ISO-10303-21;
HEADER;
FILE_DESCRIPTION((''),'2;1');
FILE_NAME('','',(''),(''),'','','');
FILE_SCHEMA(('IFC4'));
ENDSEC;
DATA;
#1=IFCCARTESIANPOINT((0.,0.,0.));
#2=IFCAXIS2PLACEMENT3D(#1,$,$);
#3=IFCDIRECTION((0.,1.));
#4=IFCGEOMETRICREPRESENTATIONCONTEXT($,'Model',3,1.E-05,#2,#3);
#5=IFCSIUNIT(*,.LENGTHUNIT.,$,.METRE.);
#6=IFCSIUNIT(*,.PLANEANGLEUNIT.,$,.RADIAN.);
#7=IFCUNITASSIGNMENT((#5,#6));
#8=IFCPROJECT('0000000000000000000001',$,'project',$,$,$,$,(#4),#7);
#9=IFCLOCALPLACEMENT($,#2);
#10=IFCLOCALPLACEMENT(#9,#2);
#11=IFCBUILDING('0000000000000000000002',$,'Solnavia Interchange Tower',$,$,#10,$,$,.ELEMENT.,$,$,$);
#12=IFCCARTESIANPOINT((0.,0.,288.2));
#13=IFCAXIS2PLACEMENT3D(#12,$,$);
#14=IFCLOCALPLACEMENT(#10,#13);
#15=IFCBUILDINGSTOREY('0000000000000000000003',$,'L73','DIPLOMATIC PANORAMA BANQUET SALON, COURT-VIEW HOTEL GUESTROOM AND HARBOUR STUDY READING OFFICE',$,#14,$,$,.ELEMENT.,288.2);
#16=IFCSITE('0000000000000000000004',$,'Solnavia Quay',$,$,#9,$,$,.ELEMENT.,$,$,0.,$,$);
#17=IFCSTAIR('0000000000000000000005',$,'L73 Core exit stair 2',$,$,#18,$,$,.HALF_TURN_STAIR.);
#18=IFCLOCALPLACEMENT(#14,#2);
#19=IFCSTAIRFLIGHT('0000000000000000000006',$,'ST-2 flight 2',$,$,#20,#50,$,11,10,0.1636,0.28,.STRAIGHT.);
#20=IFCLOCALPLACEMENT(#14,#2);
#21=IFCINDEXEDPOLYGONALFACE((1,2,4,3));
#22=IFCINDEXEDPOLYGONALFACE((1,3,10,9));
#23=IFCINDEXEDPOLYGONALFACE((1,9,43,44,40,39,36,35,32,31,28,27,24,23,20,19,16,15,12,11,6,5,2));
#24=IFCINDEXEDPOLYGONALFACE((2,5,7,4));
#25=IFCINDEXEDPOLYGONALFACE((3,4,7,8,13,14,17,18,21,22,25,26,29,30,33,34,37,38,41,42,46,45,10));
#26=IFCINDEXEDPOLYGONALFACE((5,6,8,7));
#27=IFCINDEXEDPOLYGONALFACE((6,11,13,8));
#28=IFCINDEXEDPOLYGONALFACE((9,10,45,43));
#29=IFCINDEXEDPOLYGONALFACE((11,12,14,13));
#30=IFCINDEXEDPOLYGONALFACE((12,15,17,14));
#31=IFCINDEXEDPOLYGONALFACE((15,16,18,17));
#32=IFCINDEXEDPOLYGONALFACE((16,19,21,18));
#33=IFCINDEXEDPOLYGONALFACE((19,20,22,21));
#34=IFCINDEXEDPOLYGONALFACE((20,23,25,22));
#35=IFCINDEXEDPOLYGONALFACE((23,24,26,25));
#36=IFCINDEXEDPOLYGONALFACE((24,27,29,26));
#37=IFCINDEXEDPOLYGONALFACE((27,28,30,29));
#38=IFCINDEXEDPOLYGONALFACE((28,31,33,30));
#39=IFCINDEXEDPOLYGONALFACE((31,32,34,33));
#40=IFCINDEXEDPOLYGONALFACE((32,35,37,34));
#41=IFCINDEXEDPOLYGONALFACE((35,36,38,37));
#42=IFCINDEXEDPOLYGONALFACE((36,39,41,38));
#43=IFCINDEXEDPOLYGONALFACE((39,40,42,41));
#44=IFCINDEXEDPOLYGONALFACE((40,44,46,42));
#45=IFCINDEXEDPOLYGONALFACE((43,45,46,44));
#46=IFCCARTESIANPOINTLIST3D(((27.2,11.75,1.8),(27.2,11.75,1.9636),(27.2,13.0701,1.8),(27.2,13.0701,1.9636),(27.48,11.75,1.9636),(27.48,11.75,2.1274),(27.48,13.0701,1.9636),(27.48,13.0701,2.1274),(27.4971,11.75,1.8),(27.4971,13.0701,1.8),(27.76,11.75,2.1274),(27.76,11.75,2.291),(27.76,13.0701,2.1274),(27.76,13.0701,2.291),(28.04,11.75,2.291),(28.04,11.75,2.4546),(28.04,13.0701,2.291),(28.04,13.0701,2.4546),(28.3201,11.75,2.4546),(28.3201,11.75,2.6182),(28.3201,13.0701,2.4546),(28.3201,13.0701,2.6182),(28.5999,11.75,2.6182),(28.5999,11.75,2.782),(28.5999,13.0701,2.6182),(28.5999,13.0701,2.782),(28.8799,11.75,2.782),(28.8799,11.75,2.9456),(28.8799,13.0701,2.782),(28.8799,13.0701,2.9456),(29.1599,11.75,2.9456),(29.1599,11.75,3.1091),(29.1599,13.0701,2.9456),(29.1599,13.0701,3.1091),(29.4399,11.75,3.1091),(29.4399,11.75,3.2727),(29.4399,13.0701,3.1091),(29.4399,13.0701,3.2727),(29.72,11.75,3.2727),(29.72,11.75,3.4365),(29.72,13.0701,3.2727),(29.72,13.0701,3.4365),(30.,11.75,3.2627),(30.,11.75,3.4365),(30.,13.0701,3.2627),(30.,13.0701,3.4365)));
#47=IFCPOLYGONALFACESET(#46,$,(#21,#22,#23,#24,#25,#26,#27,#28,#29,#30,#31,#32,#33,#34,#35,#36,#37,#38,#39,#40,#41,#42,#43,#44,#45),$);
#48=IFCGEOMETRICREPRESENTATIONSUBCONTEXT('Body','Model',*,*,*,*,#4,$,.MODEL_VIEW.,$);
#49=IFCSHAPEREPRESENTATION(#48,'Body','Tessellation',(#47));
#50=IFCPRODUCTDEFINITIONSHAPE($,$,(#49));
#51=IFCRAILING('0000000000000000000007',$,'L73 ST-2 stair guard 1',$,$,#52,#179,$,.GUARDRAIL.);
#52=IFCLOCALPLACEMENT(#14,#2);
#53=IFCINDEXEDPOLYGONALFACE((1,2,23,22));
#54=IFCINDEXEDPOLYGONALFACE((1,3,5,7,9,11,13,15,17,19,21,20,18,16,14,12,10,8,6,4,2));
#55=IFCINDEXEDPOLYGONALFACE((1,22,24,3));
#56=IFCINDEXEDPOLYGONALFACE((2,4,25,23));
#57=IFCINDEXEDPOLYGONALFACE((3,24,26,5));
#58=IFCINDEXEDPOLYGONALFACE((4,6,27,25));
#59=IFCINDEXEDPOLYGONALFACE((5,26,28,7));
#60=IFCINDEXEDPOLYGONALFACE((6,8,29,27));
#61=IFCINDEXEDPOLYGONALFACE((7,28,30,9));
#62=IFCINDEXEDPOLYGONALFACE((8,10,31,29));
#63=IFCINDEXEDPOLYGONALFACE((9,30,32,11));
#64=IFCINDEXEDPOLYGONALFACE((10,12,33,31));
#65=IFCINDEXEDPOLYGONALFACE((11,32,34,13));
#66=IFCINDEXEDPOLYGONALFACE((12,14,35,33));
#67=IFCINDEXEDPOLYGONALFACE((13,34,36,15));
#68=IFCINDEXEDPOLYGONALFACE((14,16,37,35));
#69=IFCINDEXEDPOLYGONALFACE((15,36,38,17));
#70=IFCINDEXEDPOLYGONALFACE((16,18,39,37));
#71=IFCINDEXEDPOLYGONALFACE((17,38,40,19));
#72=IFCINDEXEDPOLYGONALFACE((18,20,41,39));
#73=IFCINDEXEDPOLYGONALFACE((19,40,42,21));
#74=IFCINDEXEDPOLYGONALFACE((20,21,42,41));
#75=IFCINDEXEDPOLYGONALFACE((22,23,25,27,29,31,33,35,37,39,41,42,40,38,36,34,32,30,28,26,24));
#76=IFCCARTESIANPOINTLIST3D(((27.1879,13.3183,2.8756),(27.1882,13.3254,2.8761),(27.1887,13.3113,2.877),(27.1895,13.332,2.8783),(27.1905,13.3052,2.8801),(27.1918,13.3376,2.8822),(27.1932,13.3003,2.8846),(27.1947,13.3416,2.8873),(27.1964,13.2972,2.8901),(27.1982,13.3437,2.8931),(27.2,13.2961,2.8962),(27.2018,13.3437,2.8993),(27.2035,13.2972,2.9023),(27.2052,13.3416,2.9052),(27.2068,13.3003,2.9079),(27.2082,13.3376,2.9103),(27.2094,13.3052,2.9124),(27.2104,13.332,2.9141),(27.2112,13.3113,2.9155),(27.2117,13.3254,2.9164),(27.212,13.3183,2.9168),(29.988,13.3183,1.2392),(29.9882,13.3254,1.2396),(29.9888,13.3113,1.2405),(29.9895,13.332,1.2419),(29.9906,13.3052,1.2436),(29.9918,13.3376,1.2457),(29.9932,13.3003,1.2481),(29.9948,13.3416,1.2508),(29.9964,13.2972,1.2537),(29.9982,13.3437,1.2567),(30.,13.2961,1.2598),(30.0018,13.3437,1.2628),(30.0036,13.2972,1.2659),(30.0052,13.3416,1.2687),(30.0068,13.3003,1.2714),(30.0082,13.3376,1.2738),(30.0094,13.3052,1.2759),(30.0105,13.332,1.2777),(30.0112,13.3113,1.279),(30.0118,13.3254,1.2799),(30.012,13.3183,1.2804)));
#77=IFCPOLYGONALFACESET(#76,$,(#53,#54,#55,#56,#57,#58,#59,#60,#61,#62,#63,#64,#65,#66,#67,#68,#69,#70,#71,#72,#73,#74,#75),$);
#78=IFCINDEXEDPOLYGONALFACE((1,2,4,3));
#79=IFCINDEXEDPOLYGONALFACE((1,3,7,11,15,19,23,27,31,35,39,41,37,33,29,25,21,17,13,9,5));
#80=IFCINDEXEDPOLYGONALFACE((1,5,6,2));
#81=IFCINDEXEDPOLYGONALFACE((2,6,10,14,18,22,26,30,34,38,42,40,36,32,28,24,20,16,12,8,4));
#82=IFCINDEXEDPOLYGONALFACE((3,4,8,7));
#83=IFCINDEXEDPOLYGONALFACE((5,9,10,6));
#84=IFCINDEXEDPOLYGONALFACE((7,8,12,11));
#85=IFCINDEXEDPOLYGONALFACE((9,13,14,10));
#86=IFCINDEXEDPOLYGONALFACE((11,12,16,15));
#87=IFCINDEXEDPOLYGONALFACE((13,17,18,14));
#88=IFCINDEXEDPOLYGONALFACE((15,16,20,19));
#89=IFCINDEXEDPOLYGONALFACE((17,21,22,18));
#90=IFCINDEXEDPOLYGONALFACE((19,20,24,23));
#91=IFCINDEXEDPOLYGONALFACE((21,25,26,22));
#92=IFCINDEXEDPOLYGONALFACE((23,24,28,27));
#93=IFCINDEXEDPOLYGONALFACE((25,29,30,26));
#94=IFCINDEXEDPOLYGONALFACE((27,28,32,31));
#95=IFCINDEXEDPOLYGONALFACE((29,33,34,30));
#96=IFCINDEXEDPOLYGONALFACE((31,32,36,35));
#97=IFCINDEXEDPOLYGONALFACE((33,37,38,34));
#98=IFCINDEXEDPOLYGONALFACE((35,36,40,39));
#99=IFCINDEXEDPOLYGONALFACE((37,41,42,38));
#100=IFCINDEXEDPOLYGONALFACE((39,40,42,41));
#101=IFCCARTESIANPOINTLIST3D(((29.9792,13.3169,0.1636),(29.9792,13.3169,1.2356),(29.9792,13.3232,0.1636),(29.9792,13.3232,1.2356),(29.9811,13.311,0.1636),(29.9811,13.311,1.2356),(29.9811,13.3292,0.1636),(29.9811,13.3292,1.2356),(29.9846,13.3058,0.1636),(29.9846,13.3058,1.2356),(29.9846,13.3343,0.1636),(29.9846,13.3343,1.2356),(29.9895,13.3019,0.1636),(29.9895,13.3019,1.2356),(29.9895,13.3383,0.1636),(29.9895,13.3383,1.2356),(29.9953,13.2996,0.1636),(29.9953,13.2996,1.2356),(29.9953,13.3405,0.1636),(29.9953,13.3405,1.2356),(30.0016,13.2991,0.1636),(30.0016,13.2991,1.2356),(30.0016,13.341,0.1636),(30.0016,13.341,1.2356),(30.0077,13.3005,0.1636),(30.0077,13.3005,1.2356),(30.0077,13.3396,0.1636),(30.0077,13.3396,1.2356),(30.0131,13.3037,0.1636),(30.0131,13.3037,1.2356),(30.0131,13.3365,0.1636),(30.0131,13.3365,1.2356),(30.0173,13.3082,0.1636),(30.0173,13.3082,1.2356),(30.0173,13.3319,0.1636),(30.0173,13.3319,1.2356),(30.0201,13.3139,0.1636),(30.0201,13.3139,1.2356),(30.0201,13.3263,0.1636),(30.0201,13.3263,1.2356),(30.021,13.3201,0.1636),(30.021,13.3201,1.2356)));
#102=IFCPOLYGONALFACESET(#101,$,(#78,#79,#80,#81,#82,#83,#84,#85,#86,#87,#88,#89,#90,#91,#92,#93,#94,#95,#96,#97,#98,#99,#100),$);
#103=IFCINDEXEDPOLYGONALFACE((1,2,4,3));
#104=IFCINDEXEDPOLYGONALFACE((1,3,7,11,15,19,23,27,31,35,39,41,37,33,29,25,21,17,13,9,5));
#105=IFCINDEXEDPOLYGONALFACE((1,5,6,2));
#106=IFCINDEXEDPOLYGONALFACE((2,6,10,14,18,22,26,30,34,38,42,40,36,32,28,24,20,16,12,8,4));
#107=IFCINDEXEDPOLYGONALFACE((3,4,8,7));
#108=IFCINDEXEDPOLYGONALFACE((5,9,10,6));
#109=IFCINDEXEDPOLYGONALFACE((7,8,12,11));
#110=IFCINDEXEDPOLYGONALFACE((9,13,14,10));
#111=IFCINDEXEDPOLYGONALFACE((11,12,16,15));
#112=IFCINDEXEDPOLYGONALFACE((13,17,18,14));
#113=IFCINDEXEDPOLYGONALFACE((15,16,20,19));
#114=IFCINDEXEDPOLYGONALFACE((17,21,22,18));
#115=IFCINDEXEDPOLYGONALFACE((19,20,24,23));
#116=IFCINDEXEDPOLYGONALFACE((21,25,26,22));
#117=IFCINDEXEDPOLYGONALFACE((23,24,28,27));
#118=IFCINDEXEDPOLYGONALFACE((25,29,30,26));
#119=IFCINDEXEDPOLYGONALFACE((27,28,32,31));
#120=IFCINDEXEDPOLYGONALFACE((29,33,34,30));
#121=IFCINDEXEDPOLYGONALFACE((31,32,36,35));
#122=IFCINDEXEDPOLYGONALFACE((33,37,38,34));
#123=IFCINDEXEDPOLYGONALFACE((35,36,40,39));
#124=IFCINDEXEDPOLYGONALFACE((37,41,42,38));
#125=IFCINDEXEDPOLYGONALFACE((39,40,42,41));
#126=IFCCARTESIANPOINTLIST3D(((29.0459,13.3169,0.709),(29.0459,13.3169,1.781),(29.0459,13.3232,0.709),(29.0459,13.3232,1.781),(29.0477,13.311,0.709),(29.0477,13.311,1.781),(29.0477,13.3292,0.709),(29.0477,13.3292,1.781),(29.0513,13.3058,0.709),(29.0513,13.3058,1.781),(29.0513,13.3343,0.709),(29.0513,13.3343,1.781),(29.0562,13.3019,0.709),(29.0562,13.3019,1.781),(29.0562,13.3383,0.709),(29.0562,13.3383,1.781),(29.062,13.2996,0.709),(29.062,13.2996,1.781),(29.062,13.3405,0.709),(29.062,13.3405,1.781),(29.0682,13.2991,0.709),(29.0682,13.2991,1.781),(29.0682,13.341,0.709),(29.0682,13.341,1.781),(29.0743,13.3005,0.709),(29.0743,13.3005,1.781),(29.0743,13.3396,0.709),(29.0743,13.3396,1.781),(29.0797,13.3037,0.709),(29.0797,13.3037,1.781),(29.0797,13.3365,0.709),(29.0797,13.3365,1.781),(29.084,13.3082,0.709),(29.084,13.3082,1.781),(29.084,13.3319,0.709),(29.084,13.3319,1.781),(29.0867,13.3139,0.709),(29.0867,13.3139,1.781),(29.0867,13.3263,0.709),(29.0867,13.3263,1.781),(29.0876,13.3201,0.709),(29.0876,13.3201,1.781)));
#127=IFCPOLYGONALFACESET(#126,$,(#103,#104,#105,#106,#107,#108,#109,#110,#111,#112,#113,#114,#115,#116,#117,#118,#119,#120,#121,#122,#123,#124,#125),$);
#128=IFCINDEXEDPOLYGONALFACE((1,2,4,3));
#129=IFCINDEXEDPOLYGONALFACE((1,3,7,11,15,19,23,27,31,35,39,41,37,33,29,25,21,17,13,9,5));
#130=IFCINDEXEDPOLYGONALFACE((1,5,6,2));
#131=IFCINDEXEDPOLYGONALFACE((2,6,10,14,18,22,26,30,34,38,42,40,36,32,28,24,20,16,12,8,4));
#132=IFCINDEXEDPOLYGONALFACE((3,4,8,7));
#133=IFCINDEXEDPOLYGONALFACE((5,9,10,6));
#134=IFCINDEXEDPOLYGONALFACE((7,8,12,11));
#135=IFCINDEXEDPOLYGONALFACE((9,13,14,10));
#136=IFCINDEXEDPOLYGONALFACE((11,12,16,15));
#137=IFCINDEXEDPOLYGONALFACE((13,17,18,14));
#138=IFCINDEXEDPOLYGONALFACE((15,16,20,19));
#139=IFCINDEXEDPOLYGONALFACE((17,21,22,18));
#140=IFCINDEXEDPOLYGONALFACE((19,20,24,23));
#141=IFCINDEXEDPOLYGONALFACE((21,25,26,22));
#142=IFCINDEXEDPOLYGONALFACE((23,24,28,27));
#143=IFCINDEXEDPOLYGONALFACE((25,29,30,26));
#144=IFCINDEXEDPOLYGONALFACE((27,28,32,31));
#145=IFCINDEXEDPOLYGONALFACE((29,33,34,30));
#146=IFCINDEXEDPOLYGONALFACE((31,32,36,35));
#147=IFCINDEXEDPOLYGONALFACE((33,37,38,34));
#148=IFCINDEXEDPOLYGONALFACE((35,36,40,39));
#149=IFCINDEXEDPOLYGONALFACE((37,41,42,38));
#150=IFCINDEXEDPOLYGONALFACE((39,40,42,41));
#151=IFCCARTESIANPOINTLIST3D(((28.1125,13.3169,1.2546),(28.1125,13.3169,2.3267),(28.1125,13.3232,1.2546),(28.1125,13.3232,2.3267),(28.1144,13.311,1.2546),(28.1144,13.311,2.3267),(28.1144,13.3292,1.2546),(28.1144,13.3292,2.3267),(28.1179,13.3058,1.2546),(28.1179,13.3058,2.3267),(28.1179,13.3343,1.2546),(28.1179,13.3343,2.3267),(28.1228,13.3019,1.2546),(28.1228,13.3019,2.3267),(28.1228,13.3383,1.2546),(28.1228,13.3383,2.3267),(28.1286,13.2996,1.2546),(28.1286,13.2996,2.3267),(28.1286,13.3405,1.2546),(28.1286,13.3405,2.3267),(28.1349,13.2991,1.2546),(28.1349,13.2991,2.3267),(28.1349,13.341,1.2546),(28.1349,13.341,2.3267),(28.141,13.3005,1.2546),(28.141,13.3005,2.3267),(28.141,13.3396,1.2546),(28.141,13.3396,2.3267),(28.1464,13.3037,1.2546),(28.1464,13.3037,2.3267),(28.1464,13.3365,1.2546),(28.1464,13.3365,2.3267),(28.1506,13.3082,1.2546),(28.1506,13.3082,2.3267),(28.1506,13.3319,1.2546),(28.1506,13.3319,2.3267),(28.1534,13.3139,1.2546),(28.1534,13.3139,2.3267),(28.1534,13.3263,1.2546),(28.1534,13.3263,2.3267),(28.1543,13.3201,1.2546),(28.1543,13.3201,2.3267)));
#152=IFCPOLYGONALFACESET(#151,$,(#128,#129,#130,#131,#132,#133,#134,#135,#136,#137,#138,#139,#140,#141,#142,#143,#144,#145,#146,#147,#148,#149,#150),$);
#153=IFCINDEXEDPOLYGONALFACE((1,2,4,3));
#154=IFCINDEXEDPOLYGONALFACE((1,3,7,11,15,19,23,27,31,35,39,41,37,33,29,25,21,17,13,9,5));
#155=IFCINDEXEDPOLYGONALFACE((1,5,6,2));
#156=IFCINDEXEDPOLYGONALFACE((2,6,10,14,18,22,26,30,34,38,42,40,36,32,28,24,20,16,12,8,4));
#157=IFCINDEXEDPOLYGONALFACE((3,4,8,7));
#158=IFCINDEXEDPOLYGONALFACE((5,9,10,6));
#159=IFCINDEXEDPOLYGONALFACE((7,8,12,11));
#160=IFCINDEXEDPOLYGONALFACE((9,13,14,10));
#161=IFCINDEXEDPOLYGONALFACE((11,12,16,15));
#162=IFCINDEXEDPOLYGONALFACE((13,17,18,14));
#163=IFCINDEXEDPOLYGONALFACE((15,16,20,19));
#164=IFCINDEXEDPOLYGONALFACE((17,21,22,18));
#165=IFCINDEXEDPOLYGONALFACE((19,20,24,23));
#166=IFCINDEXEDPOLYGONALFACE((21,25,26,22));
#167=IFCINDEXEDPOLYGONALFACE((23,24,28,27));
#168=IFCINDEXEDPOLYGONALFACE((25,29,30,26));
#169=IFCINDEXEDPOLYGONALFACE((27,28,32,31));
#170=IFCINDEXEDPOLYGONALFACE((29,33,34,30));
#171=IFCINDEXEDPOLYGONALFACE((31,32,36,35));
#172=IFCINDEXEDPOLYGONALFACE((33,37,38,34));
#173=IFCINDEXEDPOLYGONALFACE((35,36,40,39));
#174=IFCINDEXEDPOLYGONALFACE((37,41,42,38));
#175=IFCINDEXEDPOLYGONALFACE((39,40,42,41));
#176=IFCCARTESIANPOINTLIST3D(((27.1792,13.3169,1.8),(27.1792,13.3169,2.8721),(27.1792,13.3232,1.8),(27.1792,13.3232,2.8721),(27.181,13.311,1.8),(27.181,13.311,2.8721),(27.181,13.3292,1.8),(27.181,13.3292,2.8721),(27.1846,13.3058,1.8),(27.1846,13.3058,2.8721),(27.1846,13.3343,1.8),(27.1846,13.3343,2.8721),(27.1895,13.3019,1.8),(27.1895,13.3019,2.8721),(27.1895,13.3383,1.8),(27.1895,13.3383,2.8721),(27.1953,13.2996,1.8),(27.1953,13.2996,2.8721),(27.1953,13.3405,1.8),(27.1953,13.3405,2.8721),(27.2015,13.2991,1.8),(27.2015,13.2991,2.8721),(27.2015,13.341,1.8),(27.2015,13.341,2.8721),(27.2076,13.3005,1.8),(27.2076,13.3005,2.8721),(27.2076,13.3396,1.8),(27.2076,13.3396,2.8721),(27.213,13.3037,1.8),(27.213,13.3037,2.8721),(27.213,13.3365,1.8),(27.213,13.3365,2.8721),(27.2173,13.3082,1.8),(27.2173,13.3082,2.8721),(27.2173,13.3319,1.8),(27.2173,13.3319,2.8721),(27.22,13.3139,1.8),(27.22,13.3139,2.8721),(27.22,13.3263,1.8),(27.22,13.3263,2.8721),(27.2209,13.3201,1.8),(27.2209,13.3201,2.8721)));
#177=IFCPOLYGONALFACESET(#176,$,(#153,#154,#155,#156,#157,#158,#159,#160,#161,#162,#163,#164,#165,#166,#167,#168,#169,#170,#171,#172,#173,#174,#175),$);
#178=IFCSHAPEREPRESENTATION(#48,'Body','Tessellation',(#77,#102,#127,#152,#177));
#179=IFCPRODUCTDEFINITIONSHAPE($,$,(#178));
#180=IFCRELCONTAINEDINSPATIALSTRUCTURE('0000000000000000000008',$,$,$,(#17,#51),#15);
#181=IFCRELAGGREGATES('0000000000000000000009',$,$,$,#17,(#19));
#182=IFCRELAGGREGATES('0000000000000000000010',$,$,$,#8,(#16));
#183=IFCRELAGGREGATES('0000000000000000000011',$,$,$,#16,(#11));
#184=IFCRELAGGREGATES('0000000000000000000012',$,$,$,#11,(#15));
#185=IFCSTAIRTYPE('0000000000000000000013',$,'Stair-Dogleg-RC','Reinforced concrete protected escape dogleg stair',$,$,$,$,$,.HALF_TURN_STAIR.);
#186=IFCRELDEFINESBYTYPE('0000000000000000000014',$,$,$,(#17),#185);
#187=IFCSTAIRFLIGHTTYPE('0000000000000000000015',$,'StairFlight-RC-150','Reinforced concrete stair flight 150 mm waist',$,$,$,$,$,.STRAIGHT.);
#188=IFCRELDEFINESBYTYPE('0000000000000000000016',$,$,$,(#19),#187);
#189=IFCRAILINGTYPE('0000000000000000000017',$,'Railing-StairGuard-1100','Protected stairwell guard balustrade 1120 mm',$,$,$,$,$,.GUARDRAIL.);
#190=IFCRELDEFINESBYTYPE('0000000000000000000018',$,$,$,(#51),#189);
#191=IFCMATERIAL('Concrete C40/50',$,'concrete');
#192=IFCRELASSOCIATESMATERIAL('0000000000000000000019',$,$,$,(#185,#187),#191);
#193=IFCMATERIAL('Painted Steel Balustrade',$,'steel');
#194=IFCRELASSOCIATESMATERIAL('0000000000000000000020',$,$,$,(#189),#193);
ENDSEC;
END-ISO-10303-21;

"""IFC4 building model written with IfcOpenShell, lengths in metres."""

from ifc_helpers import new_model, si_unit, direction, frame, origin, origin_2d, place, context, subcontext, project, spatial, polyline, circle, outline, extrude, material, type_object, element, aggregate, save


model = new_model("IFC4")

# Units and contexts
model_context = context("Model", 3, precision=1e-05, world=origin(), true_north=direction((0.0, 1.0)))
body_context = subcontext(model_context, "Body", "Model", "MODEL_VIEW")
ifc_project = project(units=[si_unit("LENGTHUNIT", "METRE"), si_unit("PLANEANGLEUNIT", "RADIAN")], contexts=[model_context])

# Site, building, storey
site_placement = place(None, origin())
site = spatial("IfcSite", under=ifc_project, at=site_placement, Name="Solnavia Quay", CompositionType="ELEMENT", RefElevation=0.0)
building_placement = place(site_placement, origin())
building = spatial("IfcBuilding", under=site, at=building_placement, Name="Solnavia Interchange Tower", CompositionType="ELEMENT")
storey_placement = place(building_placement, frame((0.0, 0.0, 288.2)))
storey = spatial("IfcBuildingStorey", under=building, at=storey_placement, Name="L73", Description="DIPLOMATIC PANORAMA BANQUET SALON, COURT-VIEW HOTEL GUESTROOM AND HARBOUR STUDY READING OFFICE", CompositionType="ELEMENT", Elevation=288.2)

# Shared definitions
ifc_material_1 = material(Name="Concrete C40/50", Category="concrete")

# Stair, stair flight
stair_type = type_object("IfcStairType", Name="Stair-Dogleg-RC", Description="Reinforced concrete protected escape dogleg stair", PredefinedType="HALF_TURN_STAIR", material=ifc_material_1)
stair_placement = place(storey_placement, origin())
stair = element("IfcStair", 1, at=stair_placement, inside=storey, type_object=stair_type, Name="L73 Core exit stair 2", PredefinedType="HALF_TURN_STAIR")
stair_flight_type = type_object("IfcStairFlightType", Name="StairFlight-RC-150", Description="Reinforced concrete stair flight 150 mm waist", PredefinedType="STRAIGHT", material=ifc_material_1)
stair_flight_1_placement = place(storey_placement, frame((27.2, 12.4099, 1.8), z_axis=(0.0, 0.0, 1.0), x_axis=(1.0, 0.0, 0.0)))
stair_flight_1 = element("IfcStairFlight", 2, at=stair_flight_1_placement, type_object=stair_flight_type, Name="ST-2 flight 2", NumberOfRisers=11, NumberOfTreads=10, PredefinedType="STRAIGHT", RiserHeight=0.1636, TreadLength=0.28, context=body_context, shape_type="SweptSolid", body=[
    extrude(outline(polyline([(0.0, 0.0), (0.0, 0.1636), (0.28, 0.1636), (0.28, 0.3274), (0.5601, 0.3274), (0.5601, 0.491), (0.8401, 0.491), (0.8401, 0.6545), (1.1201, 0.6545), (1.1201, 0.8181), (1.3999, 0.8181), (1.3999, 0.9819), (1.6799, 0.9819), (1.6799, 1.1455), (1.96, 1.1455), (1.96, 1.3091), (2.24, 1.3091), (2.24, 1.4727), (2.52, 1.4727), (2.52, 1.6365), (2.8, 1.6365), (2.8, 1.8), (2.8, 1.4626), (0.2971, 0.0), (0.0, 0.0)])), frame((0.0, 0.6602, 0.0), z_axis=(0.0, -1.0, 0.0), x_axis=(1.0, 0.0, 0.0)), (0.0, 0.0, 1.0), 1.3201),
])
aggregate(stair, [stair_flight_1])

# Railing
ifc_material_2 = material(Name="Painted Steel Balustrade", Category="steel")
railing_type_1 = type_object("IfcRailingType", Name="Railing-StairGuard-1100", Description="Protected stairwell guard balustrade 1120 mm", PredefinedType="GUARDRAIL", material=ifc_material_2)
railing_1_placement = place(storey_placement, frame((30.0, 13.3201, 0.1636)))
element("IfcRailing", 3, at=railing_1_placement, inside=storey, type_object=railing_type_1, Name="L73 ST-2 stair guard 1", PredefinedType="GUARDRAIL", context=body_context, shape_type="SweptSolid", body=[
    extrude(circle(Radius=0.0239, at=origin_2d()), frame((0.0, 0.0, 1.0962), z_axis=(-0.863361, 0.0, 0.504587), x_axis=(0.0, -1.0, 0.0)), (0.0, 0.0, 1.0), 3.2432),
    extrude(circle(Radius=0.021, at=origin_2d()), origin(), (0.0, 0.0, 1.0), 1.072),
    extrude(circle(Radius=0.021, at=origin_2d()), frame((-0.9333, 0.0, 0.5454)), (0.0, 0.0, 1.0), 1.072),
    extrude(circle(Radius=0.021, at=origin_2d()), frame((-1.8667, 0.0, 1.0911)), (0.0, 0.0, 1.0), 1.072),
    extrude(circle(Radius=0.021, at=origin_2d()), frame((-2.8, 0.0, 1.6365)), (0.0, 0.0, 1.0), 1.072),
])

save(model, "model.ifc")
